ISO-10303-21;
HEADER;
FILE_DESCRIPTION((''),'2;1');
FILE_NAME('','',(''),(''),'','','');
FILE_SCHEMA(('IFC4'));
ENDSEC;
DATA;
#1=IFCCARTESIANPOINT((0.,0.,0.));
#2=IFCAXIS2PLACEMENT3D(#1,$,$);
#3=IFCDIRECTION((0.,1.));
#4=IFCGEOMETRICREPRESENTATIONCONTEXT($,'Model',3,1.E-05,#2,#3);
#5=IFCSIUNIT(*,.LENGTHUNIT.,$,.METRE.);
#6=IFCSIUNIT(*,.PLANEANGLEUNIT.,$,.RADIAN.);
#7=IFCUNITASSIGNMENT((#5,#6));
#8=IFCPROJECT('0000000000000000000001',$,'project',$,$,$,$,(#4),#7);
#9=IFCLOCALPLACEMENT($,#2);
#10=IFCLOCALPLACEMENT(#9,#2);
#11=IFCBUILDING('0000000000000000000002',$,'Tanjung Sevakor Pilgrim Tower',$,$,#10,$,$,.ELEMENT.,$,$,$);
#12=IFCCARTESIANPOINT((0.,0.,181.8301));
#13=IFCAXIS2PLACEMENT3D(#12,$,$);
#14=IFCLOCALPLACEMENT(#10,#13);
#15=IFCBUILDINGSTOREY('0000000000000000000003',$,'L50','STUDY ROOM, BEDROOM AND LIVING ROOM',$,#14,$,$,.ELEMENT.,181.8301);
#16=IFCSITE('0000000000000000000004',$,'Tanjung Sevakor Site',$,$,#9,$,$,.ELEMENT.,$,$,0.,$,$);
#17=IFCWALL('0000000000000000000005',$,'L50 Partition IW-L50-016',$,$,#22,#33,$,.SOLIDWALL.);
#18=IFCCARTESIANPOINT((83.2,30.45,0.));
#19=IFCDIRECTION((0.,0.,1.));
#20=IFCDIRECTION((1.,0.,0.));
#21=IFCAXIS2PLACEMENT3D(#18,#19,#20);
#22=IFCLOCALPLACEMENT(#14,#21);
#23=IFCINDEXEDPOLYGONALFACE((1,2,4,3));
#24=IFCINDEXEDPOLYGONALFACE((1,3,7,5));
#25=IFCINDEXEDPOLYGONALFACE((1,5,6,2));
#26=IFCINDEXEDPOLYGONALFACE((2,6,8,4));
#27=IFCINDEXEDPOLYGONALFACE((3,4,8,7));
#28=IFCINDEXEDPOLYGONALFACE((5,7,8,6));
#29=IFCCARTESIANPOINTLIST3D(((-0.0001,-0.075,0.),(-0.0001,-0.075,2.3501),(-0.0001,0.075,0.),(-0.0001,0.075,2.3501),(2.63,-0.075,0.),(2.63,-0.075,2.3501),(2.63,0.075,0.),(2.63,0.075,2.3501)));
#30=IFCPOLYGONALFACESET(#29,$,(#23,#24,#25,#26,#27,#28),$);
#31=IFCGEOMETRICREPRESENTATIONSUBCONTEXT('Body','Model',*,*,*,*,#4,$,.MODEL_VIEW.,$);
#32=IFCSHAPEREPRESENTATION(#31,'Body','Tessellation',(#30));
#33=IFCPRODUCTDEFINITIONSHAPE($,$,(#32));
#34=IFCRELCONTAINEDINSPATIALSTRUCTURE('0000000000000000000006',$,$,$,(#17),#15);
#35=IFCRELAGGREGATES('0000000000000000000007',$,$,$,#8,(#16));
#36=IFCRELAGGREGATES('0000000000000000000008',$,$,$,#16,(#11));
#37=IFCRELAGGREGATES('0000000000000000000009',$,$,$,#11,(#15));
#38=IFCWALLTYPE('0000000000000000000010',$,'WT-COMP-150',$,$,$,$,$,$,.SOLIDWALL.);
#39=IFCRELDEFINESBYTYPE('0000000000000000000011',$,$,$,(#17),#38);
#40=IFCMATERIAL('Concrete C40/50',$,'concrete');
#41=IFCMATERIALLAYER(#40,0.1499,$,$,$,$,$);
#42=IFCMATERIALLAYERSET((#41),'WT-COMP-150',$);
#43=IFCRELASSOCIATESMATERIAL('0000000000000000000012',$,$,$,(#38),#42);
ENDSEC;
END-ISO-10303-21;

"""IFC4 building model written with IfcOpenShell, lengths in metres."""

from ifc_helpers import new_model, si_unit, direction, frame, frame_2d, origin, place, context, subcontext, project, spatial, rectangle, extrude, material, layer, layer_set, type_object, element, save


model = new_model("IFC4")

# Units and contexts
model_context = context("Model", 3, precision=1e-05, world=origin(), true_north=direction((0.0, 1.0)))
body_context = subcontext(model_context, "Body", "Model", "MODEL_VIEW")
ifc_project = project(units=[si_unit("LENGTHUNIT", "METRE"), si_unit("PLANEANGLEUNIT", "RADIAN")], contexts=[model_context])

# Site, building, storey
site_placement = place(None, origin())
site = spatial("IfcSite", under=ifc_project, at=site_placement, Name="Tanjung Sevakor Site", CompositionType="ELEMENT", RefElevation=0.0)
building_placement = place(site_placement, origin())
building = spatial("IfcBuilding", under=site, at=building_placement, Name="Tanjung Sevakor Pilgrim Tower", CompositionType="ELEMENT")
storey_placement = place(building_placement, frame((0.0, 0.0, 181.8301)))
storey = spatial("IfcBuildingStorey", under=building, at=storey_placement, Name="L50", Description="STUDY ROOM, BEDROOM AND LIVING ROOM", CompositionType="ELEMENT", Elevation=181.8301)

# Wall
ifc_material_1 = material(Name="Concrete C40/50", Category="concrete")
ifc_layer_1 = layer(ifc_material_1, 0.1499)
ifc_layer_set_1 = layer_set([ifc_layer_1], Name="WT-COMP-150")
wall_type_1 = type_object("IfcWallType", Name="WT-COMP-150", PredefinedType="SOLIDWALL", material=ifc_layer_set_1)
wall_1_placement = place(storey_placement, frame((83.2, 30.45, 0.0), z_axis=(0.0, 0.0, 1.0), x_axis=(1.0, 0.0, 0.0)))
element("IfcWall", 1, at=wall_1_placement, inside=storey, type_object=wall_type_1, Name="L50 Partition IW-L50-016", PredefinedType="SOLIDWALL", context=body_context, shape_type="SweptSolid", body=[
    extrude(rectangle(XDim=2.6301, YDim=0.1499, at=frame_2d((1.3149, 0.0))), origin(), (0.0, 0.0, 1.0), 2.3501),
])

save(model, "model.ifc")
